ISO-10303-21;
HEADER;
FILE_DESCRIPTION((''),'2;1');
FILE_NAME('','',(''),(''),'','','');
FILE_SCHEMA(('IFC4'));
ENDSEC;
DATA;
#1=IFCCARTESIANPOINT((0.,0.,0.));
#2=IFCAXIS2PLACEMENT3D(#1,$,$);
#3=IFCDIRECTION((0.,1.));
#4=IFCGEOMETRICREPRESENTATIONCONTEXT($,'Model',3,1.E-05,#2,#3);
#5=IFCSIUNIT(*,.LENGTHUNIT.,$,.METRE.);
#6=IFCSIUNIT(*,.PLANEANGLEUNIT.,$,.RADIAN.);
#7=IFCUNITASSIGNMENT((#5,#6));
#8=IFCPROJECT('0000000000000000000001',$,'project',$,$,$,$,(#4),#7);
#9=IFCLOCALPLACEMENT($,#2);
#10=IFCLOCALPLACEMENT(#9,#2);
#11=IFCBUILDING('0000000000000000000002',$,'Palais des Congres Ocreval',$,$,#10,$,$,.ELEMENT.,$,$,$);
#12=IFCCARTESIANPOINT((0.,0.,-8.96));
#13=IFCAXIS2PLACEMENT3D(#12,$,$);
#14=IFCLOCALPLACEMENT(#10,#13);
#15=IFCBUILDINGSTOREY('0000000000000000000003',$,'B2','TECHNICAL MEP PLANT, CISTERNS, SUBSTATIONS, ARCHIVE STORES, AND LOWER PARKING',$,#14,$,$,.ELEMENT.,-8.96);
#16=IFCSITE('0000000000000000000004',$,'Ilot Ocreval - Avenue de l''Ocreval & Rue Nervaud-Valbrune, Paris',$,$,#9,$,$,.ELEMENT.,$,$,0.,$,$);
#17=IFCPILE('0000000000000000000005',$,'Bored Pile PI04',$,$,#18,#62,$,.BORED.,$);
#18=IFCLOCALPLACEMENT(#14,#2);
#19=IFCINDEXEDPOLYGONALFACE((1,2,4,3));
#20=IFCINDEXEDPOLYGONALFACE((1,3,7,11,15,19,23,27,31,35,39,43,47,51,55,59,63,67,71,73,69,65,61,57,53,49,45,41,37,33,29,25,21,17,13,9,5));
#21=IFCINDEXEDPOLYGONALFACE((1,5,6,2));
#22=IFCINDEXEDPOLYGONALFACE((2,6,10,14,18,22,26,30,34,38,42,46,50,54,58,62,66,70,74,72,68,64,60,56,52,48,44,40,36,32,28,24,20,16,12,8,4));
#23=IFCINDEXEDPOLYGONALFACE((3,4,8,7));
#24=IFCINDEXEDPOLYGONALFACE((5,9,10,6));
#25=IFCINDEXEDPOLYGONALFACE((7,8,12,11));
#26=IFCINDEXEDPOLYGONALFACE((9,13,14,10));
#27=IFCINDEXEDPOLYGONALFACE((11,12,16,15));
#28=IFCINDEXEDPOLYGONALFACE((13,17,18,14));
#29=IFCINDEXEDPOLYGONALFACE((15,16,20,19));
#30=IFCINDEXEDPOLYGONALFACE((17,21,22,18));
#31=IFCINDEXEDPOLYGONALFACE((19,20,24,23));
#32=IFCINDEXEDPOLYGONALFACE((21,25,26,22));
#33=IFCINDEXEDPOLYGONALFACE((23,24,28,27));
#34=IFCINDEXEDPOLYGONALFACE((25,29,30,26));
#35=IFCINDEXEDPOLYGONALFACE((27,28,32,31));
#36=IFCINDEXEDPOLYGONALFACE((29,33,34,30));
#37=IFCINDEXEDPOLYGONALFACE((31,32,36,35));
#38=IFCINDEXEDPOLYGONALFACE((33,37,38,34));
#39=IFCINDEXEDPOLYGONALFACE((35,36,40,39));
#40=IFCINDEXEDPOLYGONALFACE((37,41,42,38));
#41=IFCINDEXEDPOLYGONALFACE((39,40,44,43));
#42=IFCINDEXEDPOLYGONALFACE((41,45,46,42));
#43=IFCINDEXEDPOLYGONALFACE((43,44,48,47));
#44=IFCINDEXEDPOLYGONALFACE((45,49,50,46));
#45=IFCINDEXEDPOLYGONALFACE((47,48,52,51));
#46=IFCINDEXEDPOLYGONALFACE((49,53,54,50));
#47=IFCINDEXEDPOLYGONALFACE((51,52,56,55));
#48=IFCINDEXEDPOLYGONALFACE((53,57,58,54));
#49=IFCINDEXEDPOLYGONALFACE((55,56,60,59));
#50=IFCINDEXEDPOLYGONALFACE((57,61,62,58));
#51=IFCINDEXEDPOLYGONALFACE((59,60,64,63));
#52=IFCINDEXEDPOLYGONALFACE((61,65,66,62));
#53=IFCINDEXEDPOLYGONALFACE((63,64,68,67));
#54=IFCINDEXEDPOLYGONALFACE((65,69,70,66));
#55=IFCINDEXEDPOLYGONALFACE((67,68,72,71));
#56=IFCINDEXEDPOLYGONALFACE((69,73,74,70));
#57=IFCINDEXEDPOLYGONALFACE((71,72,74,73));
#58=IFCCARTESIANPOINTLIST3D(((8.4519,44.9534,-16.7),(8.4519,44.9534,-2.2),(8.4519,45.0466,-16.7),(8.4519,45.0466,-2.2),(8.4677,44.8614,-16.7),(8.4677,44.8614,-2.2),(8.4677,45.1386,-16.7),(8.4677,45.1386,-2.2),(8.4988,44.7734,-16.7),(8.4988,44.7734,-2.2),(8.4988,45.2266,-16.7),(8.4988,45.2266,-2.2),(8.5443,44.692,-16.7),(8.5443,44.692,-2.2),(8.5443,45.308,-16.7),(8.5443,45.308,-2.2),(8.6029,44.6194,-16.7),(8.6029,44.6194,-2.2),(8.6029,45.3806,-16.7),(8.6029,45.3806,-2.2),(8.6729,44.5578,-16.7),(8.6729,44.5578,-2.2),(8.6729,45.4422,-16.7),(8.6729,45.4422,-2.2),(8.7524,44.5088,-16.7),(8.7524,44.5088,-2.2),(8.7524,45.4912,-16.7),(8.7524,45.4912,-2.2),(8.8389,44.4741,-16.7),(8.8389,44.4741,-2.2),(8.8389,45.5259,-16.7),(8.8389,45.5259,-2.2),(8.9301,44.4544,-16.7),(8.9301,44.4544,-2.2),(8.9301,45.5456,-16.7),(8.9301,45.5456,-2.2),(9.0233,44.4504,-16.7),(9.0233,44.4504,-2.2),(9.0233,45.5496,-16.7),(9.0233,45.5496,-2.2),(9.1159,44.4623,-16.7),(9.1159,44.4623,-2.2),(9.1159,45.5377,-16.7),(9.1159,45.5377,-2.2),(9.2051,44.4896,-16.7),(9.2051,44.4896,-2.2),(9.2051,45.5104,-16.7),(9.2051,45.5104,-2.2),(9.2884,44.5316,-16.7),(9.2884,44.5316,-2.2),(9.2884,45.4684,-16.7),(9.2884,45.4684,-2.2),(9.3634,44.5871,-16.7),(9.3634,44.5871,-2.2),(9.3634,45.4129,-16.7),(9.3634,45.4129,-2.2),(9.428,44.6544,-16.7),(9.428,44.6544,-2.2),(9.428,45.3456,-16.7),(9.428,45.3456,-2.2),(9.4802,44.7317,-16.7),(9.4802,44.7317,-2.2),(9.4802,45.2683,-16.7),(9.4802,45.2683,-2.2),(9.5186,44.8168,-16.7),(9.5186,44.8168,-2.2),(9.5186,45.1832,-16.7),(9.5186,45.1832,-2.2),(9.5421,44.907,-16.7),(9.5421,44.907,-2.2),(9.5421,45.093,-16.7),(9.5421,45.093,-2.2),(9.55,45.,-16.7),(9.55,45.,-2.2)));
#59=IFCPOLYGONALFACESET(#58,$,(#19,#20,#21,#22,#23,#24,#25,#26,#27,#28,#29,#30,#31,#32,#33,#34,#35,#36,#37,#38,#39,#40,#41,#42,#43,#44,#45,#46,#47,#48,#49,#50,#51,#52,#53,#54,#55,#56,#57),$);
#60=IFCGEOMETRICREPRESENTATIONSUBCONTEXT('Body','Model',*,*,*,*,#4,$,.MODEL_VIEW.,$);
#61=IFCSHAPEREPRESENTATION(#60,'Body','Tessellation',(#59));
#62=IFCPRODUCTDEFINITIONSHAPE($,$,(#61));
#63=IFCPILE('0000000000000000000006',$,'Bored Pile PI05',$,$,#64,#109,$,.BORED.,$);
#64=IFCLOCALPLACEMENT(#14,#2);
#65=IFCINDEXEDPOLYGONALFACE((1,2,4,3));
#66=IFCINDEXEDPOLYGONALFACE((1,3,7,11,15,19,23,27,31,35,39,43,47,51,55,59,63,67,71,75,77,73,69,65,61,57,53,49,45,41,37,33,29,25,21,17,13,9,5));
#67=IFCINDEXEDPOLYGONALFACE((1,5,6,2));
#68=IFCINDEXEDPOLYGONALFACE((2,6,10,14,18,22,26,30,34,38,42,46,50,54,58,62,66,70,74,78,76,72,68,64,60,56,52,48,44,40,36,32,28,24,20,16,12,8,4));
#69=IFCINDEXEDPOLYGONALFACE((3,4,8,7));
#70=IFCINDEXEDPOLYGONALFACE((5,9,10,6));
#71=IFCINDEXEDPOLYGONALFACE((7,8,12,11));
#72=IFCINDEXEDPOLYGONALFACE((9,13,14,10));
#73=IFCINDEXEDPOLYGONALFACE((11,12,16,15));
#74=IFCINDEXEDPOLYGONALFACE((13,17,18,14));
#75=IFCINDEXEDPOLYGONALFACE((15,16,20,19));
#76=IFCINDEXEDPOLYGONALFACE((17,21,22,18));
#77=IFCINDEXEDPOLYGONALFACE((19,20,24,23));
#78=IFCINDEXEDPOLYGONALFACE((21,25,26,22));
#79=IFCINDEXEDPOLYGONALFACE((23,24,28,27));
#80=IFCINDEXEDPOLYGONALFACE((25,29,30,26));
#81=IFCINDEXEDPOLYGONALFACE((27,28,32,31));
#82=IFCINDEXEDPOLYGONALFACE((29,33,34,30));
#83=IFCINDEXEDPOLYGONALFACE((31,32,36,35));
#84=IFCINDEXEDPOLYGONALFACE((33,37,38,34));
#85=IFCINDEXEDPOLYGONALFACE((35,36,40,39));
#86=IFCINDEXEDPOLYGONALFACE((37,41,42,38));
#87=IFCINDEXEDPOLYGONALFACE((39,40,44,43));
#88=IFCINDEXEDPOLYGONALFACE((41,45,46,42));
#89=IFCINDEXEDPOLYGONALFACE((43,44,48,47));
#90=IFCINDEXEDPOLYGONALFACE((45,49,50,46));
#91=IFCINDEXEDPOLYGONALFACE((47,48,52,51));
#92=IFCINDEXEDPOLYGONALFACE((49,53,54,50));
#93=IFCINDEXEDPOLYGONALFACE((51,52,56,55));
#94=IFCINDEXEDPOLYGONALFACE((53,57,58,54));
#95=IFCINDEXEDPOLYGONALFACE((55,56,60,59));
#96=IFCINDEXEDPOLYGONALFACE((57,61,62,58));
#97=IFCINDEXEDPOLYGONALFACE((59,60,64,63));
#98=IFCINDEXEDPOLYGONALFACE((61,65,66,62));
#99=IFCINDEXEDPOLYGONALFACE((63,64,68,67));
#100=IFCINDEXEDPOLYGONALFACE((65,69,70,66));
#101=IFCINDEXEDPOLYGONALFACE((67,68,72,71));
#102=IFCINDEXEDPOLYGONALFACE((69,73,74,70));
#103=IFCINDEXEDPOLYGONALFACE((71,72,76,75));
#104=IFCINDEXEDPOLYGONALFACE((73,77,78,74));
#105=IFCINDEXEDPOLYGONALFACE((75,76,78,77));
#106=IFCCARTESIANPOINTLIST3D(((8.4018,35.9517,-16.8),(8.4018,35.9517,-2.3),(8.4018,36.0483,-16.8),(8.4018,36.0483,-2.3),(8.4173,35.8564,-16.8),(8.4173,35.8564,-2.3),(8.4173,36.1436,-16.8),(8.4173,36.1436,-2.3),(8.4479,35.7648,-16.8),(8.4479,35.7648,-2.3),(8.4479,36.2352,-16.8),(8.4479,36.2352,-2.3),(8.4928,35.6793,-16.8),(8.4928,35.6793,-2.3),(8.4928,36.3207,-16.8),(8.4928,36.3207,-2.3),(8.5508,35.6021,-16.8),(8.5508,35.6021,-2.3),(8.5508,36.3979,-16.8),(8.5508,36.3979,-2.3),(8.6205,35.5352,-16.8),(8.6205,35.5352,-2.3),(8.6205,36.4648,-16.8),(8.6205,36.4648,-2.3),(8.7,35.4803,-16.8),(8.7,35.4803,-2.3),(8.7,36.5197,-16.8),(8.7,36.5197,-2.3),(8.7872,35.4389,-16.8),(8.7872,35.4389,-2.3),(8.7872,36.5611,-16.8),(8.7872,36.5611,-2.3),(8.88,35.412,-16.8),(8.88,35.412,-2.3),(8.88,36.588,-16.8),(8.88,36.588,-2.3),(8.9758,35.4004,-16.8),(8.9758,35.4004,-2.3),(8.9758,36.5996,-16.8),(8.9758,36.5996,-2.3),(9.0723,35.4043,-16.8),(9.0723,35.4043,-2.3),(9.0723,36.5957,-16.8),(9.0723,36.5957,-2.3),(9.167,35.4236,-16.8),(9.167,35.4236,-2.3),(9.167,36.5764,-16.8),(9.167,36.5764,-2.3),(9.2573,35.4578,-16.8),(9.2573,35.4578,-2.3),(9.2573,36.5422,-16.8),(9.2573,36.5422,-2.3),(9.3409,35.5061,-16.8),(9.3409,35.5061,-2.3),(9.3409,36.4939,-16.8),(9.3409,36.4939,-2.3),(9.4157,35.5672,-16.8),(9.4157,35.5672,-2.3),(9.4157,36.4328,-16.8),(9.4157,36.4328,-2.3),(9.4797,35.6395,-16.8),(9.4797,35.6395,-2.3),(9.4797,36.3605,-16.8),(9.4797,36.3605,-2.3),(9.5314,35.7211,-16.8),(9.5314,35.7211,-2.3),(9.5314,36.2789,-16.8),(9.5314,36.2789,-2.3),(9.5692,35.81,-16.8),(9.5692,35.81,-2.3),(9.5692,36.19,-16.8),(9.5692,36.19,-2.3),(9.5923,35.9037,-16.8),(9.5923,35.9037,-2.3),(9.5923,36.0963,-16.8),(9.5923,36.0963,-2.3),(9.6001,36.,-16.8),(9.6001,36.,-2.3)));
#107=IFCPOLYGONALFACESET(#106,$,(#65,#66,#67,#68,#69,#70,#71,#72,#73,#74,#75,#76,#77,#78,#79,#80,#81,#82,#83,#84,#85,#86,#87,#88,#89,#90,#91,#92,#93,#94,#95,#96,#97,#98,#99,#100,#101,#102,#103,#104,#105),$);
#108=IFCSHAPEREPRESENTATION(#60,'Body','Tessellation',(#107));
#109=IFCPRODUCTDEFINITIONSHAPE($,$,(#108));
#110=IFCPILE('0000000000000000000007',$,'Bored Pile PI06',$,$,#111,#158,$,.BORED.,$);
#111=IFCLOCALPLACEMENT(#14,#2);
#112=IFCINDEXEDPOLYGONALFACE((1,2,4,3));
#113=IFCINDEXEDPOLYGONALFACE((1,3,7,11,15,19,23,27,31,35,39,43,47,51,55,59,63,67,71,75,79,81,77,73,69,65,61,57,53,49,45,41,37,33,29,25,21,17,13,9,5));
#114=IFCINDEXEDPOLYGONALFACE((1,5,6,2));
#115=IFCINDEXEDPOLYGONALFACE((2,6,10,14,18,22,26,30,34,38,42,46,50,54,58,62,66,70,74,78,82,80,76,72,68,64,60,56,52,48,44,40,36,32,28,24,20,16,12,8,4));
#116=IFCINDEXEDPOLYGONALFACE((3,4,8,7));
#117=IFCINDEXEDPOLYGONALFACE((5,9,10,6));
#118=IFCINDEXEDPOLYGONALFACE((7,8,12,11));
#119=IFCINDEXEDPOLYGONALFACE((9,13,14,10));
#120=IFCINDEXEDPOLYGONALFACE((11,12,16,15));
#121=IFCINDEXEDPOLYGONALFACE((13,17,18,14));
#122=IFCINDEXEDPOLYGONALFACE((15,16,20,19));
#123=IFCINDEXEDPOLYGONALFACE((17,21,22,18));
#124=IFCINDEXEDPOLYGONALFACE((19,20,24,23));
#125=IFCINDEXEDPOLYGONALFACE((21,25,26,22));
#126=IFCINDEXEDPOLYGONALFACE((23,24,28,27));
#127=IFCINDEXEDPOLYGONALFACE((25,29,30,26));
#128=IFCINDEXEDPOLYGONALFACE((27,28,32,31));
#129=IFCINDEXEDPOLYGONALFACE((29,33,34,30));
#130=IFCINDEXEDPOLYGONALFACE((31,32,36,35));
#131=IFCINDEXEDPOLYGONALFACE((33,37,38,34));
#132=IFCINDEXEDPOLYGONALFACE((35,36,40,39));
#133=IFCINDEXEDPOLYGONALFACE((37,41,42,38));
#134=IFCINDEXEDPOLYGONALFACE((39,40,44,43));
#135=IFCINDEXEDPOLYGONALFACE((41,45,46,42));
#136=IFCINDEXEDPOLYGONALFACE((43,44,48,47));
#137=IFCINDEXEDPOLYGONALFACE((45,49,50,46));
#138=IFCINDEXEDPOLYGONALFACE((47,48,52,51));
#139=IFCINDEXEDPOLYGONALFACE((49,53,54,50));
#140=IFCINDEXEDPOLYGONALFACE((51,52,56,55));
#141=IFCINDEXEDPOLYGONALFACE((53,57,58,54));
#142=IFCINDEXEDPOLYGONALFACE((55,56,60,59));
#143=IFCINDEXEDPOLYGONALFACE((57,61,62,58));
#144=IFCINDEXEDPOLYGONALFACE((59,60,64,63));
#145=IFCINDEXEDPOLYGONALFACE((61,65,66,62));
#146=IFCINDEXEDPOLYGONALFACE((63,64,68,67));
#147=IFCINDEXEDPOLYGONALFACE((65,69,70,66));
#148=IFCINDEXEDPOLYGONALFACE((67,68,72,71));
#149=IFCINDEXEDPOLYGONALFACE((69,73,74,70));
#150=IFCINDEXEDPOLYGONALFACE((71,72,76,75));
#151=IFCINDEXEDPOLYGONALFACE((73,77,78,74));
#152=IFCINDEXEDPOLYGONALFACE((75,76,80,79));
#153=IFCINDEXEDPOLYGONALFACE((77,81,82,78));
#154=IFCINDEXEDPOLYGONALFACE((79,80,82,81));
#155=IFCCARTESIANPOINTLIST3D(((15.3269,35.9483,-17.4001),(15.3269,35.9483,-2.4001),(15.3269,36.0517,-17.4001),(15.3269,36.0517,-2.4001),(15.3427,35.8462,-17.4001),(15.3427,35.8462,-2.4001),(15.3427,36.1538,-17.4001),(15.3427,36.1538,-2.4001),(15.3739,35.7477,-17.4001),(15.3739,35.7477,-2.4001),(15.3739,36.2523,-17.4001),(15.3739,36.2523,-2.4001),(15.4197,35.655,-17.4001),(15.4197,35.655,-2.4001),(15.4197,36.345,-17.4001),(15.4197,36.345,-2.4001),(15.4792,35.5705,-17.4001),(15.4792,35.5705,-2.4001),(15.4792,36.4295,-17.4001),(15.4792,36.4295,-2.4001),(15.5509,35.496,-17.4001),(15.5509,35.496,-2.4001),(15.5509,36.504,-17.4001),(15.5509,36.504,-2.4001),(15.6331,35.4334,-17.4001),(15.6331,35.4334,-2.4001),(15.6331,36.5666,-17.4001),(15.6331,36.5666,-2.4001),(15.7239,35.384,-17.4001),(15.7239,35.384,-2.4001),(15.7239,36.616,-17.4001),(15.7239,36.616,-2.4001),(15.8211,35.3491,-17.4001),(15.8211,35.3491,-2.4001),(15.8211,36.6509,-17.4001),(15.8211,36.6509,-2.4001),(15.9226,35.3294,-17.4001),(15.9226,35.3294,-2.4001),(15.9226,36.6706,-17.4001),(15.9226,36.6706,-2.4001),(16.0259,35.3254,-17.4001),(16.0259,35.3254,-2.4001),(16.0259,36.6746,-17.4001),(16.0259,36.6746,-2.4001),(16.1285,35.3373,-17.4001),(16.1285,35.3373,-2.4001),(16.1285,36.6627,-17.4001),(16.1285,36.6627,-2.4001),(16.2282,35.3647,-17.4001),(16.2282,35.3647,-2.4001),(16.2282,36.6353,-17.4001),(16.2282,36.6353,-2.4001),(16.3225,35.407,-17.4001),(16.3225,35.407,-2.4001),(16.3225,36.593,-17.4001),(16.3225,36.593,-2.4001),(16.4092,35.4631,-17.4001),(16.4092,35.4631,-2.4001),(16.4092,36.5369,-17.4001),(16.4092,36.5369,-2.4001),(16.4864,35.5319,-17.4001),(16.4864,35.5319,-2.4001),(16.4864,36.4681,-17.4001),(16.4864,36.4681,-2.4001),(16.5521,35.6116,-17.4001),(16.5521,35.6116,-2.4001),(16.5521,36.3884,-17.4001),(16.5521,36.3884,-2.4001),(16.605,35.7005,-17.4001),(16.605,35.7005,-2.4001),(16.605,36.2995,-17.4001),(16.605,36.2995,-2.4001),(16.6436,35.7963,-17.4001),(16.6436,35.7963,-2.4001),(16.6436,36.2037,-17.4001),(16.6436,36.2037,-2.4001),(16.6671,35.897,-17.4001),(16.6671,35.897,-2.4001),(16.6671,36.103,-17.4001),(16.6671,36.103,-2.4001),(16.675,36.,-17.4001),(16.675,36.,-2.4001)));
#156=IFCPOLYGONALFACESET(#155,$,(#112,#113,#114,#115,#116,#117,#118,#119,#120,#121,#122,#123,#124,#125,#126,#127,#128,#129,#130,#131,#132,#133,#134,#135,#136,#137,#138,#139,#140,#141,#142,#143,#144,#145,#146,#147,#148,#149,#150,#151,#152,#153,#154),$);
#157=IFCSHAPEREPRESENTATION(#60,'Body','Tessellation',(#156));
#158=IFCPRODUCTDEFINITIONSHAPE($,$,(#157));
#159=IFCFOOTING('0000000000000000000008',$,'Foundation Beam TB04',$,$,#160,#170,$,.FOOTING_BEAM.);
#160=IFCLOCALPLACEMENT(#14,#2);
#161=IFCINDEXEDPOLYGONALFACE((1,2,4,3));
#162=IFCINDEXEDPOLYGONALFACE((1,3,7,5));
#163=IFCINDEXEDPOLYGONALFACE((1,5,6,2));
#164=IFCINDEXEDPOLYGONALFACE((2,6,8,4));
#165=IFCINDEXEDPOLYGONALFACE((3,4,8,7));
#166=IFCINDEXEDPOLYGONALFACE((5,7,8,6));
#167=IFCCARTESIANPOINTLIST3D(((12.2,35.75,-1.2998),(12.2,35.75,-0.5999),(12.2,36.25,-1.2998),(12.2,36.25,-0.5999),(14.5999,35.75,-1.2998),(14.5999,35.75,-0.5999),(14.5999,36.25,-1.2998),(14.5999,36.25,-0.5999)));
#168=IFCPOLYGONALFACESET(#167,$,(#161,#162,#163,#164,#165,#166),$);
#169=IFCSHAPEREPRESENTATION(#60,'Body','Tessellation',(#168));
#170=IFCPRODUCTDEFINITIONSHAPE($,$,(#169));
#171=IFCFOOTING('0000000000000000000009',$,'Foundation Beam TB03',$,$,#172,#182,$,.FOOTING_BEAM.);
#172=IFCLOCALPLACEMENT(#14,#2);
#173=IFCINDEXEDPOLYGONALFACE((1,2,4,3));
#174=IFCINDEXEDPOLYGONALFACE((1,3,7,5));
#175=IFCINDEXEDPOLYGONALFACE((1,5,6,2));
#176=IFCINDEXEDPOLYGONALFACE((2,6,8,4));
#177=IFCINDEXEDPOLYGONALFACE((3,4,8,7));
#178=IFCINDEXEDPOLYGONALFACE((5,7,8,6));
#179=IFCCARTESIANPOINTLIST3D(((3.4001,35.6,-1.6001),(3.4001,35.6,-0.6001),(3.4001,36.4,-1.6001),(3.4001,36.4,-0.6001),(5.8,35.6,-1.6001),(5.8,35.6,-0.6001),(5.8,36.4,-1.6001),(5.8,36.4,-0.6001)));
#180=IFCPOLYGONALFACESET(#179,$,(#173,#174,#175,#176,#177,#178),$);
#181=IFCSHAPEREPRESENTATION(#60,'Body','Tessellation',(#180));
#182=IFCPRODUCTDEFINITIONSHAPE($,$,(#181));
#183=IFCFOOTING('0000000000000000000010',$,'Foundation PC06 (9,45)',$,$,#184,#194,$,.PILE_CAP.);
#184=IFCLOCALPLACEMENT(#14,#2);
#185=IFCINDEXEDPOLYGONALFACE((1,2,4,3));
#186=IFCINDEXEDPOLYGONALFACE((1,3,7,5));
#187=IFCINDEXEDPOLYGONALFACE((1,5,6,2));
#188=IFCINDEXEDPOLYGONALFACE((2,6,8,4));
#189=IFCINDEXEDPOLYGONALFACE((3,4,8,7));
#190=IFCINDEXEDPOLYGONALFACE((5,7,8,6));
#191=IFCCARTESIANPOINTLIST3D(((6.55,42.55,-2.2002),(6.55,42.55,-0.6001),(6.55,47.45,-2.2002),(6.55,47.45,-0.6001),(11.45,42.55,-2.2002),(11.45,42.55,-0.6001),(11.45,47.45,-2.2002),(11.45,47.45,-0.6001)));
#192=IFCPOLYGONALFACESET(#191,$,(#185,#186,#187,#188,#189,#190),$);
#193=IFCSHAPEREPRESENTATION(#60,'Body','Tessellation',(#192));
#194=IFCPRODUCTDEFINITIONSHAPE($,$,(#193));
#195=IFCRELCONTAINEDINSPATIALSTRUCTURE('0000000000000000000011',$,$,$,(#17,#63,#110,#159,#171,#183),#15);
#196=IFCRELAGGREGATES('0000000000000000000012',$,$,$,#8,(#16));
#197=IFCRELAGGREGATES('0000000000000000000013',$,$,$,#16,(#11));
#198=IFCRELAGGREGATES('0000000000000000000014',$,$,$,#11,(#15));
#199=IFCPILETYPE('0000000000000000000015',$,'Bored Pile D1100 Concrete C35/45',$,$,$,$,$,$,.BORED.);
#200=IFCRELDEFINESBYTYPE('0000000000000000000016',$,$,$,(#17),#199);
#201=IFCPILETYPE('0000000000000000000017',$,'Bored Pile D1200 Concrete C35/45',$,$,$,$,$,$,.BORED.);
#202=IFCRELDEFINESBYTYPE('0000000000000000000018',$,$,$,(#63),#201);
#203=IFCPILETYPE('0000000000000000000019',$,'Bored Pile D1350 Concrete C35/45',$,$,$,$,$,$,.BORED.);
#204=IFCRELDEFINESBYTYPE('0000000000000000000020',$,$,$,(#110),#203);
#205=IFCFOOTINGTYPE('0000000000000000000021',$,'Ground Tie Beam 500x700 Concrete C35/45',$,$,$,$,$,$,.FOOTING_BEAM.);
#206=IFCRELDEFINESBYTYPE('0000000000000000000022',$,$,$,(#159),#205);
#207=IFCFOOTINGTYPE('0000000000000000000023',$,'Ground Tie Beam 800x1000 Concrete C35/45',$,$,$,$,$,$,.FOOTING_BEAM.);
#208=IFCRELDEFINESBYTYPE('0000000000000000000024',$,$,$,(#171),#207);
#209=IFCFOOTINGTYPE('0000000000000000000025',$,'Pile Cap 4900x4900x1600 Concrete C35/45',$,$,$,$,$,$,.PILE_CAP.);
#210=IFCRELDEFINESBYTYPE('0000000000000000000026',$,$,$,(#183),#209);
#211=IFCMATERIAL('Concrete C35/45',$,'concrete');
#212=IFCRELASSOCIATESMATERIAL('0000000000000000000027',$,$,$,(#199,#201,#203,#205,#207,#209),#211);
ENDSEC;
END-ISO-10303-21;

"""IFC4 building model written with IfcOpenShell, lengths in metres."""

from ifc_helpers import new_model, si_unit, direction, frame, origin, origin_2d, place, context, subcontext, project, spatial, rectangle, circle, extrude, material, material_profile, profile_set, type_object, element, save


model = new_model("IFC4")

# Units and contexts
model_context = context("Model", 3, precision=1e-05, world=origin(), true_north=direction((0.0, 1.0)))
body_context = subcontext(model_context, "Body", "Model", "MODEL_VIEW")
ifc_project = project(units=[si_unit("LENGTHUNIT", "METRE"), si_unit("PLANEANGLEUNIT", "RADIAN")], contexts=[model_context])

# Site, building, storey
site_placement = place(None, origin())
site = spatial("IfcSite", under=ifc_project, at=site_placement, Name="Ilot Ocreval - Avenue de l'Ocreval & Rue Nervaud-Valbrune, Paris", CompositionType="ELEMENT", RefElevation=0.0)
building_placement = place(site_placement, origin())
building = spatial("IfcBuilding", under=site, at=building_placement, Name="Palais des Congres Ocreval", CompositionType="ELEMENT")
storey_placement = place(building_placement, frame((0.0, 0.0, -8.96)))
storey = spatial("IfcBuildingStorey", under=building, at=storey_placement, Name="B2", Description="TECHNICAL MEP PLANT, CISTERNS, SUBSTATIONS, ARCHIVE STORES, AND LOWER PARKING", CompositionType="ELEMENT", Elevation=-8.96)

# Piles
ifc_material_1 = material(Name="Concrete C35/45", Category="concrete")
ifc_material_profile_1 = material_profile(ifc_material_1, circle(Radius=0.55, at=origin_2d()), Name="BORED PILE 1100")
ifc_profile_set_1 = profile_set([ifc_material_profile_1], Name="Concrete C35/45")
pile_type_1 = type_object("IfcPileType", Name="Bored Pile D1100 Concrete C35/45", PredefinedType="BORED", material=ifc_profile_set_1)
pile_1_placement = place(storey_placement, frame((9.0, 45.0, -2.2), z_axis=(0.0, 0.0, -1.0), x_axis=(1.0, 0.0, 0.0)))
element("IfcPile", 1, at=pile_1_placement, inside=storey, type_object=pile_type_1, Name="Bored Pile PI04", PredefinedType="BORED", context=body_context, shape_type="SweptSolid", body=[
    extrude(circle(Radius=0.55, at=origin_2d()), origin(), (0.0, 0.0, 1.0), 14.5),
])
ifc_material_profile_2 = material_profile(ifc_material_1, circle(Radius=0.6001, at=origin_2d()), Name="BORED PILE 1200")
ifc_profile_set_2 = profile_set([ifc_material_profile_2], Name="Concrete C35/45")
pile_type_2 = type_object("IfcPileType", Name="Bored Pile D1200 Concrete C35/45", PredefinedType="BORED", material=ifc_profile_set_2)
pile_2_placement = place(storey_placement, frame((9.0, 36.0, -2.3), z_axis=(0.0, 0.0, -1.0), x_axis=(1.0, 0.0, 0.0)))
element("IfcPile", 2, at=pile_2_placement, inside=storey, type_object=pile_type_2, Name="Bored Pile PI05", PredefinedType="BORED", context=body_context, shape_type="SweptSolid", body=[
    extrude(circle(Radius=0.6001, at=origin_2d()), origin(), (0.0, 0.0, 1.0), 14.5),
])
ifc_material_profile_3 = material_profile(ifc_material_1, circle(Radius=0.675, at=origin_2d()), Name="BORED PILE 1350")
ifc_profile_set_3 = profile_set([ifc_material_profile_3], Name="Concrete C35/45")
pile_type_3 = type_object("IfcPileType", Name="Bored Pile D1350 Concrete C35/45", PredefinedType="BORED", material=ifc_profile_set_3)
pile_3_placement = place(storey_placement, frame((16.0, 36.0, -2.4001), z_axis=(0.0, 0.0, -1.0), x_axis=(1.0, 0.0, 0.0)))
element("IfcPile", 3, at=pile_3_placement, inside=storey, type_object=pile_type_3, Name="Bored Pile PI06", PredefinedType="BORED", context=body_context, shape_type="SweptSolid", body=[
    extrude(circle(Radius=0.675, at=origin_2d()), origin(), (0.0, 0.0, 1.0), 15.0),
])

# Footings
footing_type_1 = type_object("IfcFootingType", Name="Ground Tie Beam 500x700 Concrete C35/45", PredefinedType="FOOTING_BEAM", material=ifc_material_1)
footing_1_placement = place(storey_placement, frame((13.3999, 36.0, -1.2998), z_axis=(0.0, 0.0, 1.0), x_axis=(1.0, 0.0, 0.0)))
element("IfcFooting", 4, at=footing_1_placement, inside=storey, type_object=footing_type_1, Name="Foundation Beam TB04", PredefinedType="FOOTING_BEAM", context=body_context, shape_type="SweptSolid", body=[
    extrude(rectangle(XDim=2.3999, YDim=0.5, at=origin_2d()), origin(), (0.0, 0.0, 1.0), 0.7),
])
footing_type_2 = type_object("IfcFootingType", Name="Ground Tie Beam 800x1000 Concrete C35/45", PredefinedType="FOOTING_BEAM", material=ifc_material_1)
footing_2_placement = place(storey_placement, frame((4.6001, 36.0, -1.6001), z_axis=(0.0, 0.0, 1.0), x_axis=(1.0, 0.0, 0.0)))
element("IfcFooting", 5, at=footing_2_placement, inside=storey, type_object=footing_type_2, Name="Foundation Beam TB03", PredefinedType="FOOTING_BEAM", context=body_context, shape_type="SweptSolid", body=[
    extrude(rectangle(XDim=2.3999, YDim=0.8, at=origin_2d()), origin(), (0.0, 0.0, 1.0), 1.0),
])
footing_type_3 = type_object("IfcFootingType", Name="Pile Cap 4900x4900x1600 Concrete C35/45", PredefinedType="PILE_CAP", material=ifc_material_1)
footing_3_placement = place(storey_placement, frame((9.0, 45.0, -2.2002), z_axis=(0.0, 0.0, 1.0), x_axis=(1.0, 0.0, 0.0)))
element("IfcFooting", 6, at=footing_3_placement, inside=storey, type_object=footing_type_3, Name="Foundation PC06 (9,45)", PredefinedType="PILE_CAP", context=body_context, shape_type="SweptSolid", body=[
    extrude(rectangle(XDim=4.8999, YDim=4.8999, at=origin_2d()), origin(), (0.0, 0.0, 1.0), 1.6001),
])

save(model, "model.ifc")
